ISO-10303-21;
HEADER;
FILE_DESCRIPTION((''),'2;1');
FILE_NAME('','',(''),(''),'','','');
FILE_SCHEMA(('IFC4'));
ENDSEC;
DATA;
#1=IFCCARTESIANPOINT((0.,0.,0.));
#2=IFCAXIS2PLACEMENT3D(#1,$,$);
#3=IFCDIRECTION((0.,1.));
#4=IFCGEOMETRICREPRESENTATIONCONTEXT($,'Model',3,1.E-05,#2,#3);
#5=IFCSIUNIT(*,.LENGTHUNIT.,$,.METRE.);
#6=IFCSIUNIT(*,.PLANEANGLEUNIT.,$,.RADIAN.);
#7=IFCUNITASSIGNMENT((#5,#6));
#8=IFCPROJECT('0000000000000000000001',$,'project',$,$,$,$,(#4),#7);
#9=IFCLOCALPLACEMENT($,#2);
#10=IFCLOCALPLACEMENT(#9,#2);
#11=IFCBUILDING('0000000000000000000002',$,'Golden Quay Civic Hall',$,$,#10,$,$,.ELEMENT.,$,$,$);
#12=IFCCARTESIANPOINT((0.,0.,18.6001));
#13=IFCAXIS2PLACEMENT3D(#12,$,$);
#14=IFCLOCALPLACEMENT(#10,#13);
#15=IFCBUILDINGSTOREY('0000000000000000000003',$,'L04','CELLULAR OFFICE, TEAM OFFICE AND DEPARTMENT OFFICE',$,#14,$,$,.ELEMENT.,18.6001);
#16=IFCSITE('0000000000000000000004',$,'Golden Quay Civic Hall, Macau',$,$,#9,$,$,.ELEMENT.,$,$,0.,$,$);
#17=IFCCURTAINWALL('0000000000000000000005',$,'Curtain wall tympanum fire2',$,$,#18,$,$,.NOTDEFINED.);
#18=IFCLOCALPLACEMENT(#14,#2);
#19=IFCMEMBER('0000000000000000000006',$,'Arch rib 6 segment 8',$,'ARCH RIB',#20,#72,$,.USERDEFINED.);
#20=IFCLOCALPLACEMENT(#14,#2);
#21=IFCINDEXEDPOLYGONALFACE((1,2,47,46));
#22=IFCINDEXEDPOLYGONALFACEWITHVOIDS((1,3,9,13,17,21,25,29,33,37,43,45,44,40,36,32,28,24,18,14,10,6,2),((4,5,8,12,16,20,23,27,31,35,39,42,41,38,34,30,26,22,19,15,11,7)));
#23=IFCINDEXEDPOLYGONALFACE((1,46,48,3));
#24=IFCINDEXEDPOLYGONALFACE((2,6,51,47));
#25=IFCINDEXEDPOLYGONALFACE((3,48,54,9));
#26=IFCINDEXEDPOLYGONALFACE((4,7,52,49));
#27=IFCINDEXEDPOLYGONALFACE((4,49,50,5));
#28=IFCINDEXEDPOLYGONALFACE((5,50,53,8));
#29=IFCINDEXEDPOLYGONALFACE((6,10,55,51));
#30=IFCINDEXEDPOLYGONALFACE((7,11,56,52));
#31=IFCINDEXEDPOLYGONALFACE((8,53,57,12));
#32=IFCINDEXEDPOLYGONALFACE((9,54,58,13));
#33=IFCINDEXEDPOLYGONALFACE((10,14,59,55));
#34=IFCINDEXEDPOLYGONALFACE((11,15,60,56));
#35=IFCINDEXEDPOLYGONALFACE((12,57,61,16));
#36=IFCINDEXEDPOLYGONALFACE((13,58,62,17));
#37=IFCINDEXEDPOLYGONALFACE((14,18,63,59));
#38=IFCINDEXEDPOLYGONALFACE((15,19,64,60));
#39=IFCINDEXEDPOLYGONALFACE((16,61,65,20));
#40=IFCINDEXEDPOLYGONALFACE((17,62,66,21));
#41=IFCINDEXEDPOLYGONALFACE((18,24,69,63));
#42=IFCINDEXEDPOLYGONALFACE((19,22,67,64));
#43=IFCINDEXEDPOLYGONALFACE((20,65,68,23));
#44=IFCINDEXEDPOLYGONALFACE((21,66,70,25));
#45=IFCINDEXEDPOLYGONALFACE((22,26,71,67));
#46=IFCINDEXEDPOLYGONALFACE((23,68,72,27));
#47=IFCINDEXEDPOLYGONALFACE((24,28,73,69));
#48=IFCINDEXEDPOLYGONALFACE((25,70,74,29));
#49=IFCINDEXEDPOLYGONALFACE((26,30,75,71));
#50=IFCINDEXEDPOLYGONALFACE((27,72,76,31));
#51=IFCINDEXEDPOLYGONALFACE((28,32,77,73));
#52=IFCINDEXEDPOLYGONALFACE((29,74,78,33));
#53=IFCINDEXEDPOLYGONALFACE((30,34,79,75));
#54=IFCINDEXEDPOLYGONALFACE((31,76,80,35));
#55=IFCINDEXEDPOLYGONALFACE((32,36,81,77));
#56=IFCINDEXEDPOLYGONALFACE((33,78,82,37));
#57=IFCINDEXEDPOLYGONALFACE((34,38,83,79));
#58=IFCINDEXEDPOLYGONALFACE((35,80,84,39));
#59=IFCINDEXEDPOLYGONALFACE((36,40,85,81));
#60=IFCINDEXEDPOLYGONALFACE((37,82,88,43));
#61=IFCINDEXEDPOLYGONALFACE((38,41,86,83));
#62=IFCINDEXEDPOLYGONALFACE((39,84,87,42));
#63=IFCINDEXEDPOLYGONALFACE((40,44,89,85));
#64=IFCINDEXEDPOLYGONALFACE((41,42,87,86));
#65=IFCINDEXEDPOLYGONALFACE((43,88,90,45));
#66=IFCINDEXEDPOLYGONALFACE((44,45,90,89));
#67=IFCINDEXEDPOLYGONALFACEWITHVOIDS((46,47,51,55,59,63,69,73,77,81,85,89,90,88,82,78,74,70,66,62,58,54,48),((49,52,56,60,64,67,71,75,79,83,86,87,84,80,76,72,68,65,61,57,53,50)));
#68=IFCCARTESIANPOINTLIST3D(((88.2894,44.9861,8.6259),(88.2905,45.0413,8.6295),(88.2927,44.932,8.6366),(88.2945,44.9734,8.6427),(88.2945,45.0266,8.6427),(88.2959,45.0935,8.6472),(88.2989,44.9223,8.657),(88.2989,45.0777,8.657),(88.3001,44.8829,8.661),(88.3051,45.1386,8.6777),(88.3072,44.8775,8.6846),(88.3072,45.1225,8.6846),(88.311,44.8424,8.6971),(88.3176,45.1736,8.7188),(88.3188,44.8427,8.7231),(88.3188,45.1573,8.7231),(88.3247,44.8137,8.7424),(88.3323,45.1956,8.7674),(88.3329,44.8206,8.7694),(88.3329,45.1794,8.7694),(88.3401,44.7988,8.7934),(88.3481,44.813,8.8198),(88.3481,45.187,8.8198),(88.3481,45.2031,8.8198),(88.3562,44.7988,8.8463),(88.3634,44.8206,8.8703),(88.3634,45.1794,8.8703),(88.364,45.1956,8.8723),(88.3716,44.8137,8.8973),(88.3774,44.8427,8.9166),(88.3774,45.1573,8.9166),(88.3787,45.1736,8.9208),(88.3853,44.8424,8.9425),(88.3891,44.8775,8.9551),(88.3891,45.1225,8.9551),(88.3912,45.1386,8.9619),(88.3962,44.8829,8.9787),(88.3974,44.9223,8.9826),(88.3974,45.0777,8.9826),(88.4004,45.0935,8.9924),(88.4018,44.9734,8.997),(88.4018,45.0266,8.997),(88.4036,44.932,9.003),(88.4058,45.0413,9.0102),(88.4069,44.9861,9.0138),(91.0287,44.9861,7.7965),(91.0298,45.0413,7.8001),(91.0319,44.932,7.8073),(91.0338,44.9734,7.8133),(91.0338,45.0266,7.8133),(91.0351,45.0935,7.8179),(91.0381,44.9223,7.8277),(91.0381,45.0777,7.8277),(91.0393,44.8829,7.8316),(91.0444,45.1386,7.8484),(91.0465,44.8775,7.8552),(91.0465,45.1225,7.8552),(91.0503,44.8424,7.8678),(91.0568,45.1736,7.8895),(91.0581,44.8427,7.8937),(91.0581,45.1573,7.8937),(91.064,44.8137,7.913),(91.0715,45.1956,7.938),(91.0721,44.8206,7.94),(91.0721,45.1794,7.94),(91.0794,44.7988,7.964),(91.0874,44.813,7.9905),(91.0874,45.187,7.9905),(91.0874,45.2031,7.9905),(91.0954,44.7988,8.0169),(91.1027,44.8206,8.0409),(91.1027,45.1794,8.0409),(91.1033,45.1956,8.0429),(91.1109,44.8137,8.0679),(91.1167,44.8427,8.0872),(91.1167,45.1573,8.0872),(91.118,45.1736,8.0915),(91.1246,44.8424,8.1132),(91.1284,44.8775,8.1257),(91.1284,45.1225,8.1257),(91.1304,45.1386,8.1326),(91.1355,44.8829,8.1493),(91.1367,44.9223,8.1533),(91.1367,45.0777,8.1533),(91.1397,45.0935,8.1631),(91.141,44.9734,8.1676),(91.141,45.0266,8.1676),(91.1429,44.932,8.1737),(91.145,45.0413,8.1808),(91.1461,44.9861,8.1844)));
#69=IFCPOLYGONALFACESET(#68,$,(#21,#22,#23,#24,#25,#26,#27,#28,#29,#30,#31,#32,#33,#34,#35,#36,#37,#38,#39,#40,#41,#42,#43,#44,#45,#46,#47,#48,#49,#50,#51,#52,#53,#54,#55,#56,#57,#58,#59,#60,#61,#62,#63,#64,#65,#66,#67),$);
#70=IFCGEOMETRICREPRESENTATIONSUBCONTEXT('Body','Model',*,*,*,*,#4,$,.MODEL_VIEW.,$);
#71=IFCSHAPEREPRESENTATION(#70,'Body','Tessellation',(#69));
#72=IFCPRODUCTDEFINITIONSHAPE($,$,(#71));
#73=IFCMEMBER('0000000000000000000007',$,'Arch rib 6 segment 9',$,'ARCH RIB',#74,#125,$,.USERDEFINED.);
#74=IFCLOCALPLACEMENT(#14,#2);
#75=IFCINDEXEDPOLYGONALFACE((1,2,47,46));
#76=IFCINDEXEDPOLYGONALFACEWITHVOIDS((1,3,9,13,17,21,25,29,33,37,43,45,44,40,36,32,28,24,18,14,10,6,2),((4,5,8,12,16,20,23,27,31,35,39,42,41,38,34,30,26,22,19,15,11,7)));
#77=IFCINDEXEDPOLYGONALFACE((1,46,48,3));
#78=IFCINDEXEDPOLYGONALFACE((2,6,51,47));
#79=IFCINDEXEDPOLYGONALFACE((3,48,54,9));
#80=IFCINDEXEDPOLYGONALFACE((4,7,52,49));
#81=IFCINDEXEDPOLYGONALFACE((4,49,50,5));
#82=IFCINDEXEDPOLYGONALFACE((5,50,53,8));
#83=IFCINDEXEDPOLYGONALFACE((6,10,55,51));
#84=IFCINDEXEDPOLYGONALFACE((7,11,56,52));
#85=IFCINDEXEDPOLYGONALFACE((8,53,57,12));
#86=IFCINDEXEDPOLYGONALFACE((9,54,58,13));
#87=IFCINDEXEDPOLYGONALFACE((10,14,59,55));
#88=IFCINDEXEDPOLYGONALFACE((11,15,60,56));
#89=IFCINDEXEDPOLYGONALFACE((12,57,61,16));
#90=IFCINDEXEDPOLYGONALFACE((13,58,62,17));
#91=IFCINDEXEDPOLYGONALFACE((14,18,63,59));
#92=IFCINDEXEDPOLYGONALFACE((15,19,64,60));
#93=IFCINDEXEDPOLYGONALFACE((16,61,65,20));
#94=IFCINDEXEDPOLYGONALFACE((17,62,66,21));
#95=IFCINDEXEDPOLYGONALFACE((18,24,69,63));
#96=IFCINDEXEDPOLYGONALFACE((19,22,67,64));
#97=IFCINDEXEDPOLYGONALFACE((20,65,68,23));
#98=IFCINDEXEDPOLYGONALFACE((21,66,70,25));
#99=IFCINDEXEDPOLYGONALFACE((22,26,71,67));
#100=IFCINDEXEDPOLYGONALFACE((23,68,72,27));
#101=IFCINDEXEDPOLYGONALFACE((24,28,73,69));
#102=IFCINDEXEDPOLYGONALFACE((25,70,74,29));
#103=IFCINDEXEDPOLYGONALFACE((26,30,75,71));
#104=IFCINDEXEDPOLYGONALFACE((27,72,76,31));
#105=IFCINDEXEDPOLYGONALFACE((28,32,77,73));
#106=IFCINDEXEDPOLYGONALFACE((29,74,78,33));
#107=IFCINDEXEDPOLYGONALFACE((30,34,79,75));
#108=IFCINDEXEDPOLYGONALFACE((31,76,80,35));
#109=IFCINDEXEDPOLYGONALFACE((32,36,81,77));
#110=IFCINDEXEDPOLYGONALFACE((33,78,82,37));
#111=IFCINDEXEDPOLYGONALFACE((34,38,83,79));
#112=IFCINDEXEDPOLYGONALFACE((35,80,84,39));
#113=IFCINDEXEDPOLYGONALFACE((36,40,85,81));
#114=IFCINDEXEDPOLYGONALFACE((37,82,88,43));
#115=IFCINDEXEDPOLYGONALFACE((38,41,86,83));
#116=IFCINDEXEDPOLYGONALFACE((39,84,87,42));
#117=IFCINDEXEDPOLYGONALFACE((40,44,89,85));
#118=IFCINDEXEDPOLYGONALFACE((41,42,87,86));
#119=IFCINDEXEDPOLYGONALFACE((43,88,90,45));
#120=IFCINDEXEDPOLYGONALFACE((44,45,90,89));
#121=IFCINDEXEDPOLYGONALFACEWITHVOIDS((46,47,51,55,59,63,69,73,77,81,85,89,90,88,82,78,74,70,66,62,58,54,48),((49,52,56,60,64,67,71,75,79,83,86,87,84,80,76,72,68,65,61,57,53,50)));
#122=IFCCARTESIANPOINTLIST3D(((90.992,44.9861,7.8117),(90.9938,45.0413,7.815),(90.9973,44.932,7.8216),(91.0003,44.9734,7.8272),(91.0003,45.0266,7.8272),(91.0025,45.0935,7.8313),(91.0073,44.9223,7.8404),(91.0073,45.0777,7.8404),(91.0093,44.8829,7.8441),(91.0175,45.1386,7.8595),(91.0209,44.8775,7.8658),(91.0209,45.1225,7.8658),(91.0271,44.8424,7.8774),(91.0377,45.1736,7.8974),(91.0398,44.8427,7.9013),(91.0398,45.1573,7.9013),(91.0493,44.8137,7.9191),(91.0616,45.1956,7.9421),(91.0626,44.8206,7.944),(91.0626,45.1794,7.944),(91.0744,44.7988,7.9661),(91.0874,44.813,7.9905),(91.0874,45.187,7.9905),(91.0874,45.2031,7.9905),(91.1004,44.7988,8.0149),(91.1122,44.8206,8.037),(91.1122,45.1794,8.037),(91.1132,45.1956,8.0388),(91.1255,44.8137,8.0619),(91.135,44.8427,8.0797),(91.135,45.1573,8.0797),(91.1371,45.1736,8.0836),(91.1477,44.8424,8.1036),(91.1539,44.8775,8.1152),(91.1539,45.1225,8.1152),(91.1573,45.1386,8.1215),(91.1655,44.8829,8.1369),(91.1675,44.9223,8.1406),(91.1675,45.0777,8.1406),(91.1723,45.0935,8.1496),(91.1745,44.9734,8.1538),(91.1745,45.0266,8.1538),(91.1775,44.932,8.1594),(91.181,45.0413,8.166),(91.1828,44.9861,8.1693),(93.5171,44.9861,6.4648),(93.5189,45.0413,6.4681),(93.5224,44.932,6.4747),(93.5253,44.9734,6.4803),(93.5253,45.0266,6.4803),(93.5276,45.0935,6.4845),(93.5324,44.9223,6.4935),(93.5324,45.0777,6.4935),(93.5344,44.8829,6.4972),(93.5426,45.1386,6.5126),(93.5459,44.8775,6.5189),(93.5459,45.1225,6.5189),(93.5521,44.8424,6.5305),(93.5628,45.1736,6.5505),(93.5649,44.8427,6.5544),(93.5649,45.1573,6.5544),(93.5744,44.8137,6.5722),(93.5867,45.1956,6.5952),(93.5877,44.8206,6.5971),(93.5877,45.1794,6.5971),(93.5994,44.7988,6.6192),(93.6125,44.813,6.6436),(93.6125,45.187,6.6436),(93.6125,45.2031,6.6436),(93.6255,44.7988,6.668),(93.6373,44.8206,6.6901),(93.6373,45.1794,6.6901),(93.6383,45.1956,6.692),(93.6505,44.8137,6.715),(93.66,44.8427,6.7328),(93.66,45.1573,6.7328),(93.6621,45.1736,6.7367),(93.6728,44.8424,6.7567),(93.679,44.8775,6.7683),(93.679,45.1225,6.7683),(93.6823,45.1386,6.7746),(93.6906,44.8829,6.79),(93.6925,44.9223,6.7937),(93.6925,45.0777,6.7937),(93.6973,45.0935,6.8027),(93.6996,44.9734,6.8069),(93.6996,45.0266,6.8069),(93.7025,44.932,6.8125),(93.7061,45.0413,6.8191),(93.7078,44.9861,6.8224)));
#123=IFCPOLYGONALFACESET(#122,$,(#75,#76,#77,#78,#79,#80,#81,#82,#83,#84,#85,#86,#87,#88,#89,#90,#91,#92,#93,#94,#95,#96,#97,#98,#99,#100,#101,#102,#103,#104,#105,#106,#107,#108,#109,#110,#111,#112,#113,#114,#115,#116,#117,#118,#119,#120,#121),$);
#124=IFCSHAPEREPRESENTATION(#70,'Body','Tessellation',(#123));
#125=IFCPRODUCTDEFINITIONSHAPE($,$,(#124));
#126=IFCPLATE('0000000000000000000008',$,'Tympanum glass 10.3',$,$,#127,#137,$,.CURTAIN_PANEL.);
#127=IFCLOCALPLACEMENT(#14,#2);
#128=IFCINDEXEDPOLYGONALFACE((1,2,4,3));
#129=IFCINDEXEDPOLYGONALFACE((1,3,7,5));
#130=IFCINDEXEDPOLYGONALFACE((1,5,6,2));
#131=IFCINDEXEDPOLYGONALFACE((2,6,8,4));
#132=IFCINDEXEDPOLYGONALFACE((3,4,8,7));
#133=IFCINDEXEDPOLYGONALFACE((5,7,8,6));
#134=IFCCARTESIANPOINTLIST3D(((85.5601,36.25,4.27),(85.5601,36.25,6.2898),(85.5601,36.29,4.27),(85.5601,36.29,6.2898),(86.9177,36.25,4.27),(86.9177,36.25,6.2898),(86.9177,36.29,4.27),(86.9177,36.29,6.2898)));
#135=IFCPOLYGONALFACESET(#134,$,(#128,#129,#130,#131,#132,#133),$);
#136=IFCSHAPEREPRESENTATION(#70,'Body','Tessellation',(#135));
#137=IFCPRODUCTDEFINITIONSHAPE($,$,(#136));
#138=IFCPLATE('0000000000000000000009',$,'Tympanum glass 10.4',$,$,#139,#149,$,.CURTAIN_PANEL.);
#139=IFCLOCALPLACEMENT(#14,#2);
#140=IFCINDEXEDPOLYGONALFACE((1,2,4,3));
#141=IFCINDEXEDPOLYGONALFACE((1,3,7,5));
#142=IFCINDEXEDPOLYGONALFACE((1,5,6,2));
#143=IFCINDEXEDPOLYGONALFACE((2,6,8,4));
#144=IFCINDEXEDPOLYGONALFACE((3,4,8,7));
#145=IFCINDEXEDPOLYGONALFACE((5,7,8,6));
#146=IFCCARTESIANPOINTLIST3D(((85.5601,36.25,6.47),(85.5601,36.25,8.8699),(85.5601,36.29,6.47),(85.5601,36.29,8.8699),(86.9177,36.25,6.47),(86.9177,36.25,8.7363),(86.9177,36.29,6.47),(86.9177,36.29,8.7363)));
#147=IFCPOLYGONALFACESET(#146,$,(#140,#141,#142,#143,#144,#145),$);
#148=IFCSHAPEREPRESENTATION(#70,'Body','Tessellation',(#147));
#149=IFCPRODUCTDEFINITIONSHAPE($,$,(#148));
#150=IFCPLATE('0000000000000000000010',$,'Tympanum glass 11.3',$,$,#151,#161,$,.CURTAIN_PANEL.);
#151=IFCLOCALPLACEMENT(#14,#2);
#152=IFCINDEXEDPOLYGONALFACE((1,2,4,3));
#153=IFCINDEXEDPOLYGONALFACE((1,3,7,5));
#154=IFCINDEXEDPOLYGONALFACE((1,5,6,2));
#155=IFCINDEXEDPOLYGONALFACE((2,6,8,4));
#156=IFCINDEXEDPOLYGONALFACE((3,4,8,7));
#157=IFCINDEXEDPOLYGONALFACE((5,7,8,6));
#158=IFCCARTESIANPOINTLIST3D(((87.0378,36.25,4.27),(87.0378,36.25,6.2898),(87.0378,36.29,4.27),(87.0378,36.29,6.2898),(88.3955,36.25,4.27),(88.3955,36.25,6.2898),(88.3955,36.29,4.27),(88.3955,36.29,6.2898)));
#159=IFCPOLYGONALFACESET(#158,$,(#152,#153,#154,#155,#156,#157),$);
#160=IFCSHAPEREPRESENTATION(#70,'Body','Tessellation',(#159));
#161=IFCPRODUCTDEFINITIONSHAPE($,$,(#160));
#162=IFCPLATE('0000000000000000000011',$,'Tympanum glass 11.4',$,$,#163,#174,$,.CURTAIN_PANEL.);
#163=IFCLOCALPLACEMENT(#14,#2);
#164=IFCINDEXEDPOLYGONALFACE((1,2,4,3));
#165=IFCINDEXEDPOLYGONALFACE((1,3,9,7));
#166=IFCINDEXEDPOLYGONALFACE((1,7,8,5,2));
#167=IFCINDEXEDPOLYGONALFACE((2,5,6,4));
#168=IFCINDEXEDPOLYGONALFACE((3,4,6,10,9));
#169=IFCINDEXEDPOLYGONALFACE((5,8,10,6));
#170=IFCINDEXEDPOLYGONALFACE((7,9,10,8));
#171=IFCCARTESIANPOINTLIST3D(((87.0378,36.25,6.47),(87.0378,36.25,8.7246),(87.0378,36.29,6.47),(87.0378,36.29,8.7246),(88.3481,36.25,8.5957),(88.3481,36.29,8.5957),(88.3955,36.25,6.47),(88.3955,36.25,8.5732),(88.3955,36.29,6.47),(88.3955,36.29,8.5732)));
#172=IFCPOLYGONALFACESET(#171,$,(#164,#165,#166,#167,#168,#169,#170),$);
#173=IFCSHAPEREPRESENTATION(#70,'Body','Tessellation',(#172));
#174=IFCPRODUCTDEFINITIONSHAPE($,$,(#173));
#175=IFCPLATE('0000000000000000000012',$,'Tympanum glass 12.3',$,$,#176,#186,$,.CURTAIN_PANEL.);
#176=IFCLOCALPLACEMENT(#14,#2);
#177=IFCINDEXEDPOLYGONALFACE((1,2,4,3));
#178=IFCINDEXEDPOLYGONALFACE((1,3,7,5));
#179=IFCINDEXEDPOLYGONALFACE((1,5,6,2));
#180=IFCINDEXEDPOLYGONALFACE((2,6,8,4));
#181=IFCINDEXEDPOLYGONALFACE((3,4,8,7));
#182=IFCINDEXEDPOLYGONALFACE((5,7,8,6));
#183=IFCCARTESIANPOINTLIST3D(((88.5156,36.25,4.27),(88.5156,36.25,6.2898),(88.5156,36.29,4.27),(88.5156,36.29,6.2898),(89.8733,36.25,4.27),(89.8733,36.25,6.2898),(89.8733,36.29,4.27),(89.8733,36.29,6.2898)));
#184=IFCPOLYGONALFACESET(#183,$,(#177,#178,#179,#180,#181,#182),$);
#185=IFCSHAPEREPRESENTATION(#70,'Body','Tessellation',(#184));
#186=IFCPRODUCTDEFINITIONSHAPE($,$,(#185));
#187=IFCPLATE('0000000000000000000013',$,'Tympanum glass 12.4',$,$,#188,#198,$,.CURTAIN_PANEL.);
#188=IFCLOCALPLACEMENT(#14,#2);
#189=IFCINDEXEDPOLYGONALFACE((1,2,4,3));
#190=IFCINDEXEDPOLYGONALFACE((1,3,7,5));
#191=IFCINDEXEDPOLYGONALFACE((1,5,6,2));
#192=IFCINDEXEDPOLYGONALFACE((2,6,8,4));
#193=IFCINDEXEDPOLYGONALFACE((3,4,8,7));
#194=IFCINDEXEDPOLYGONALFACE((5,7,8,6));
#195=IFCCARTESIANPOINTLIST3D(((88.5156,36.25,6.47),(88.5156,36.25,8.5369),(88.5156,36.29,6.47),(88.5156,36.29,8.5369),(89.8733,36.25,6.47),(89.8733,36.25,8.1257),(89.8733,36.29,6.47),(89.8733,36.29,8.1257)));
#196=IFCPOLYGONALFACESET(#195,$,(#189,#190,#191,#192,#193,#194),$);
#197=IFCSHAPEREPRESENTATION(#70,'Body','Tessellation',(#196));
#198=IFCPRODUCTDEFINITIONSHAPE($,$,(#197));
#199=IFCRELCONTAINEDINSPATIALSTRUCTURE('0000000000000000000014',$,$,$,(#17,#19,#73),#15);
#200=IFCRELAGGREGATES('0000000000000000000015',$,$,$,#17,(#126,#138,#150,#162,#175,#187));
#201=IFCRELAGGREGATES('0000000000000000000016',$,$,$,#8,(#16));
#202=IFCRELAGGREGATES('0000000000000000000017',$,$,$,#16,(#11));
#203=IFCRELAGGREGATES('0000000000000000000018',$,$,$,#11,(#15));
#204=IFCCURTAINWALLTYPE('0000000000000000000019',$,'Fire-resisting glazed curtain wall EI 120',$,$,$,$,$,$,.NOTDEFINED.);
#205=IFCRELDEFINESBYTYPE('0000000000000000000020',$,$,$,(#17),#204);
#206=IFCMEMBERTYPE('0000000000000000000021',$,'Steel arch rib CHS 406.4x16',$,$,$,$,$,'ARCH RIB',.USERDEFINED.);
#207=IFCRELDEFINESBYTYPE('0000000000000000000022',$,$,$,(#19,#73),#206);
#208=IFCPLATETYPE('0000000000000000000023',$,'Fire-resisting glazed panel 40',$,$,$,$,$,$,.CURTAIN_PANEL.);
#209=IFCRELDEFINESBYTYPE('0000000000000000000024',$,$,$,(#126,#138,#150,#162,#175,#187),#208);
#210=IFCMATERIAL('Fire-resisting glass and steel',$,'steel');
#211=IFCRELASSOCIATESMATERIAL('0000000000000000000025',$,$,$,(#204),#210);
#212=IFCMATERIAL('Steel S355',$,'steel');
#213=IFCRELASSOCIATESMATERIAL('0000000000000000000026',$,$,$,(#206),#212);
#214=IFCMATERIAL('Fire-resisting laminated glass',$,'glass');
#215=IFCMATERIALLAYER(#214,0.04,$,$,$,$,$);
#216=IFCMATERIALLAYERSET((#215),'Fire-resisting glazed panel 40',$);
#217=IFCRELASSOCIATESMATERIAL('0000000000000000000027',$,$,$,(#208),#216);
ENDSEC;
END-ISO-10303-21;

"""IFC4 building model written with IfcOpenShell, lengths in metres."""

from ifc_helpers import new_model, si_unit, direction, frame, origin, origin_2d, place, context, subcontext, project, spatial, polyline, hollow_circle, outline, extrude, material, layer, layer_set, material_profile, profile_set, type_object, element, aggregate, save


model = new_model("IFC4")

# Units and contexts
model_context = context("Model", 3, precision=1e-05, world=origin(), true_north=direction((0.0, 1.0)))
body_context = subcontext(model_context, "Body", "Model", "MODEL_VIEW")
ifc_project = project(units=[si_unit("LENGTHUNIT", "METRE"), si_unit("PLANEANGLEUNIT", "RADIAN")], contexts=[model_context])

# Site, building, storey
site_placement = place(None, origin())
site = spatial("IfcSite", under=ifc_project, at=site_placement, Name="Golden Quay Civic Hall, Macau", CompositionType="ELEMENT", RefElevation=0.0)
building_placement = place(site_placement, origin())
building = spatial("IfcBuilding", under=site, at=building_placement, Name="Golden Quay Civic Hall", CompositionType="ELEMENT")
storey_placement = place(building_placement, frame((0.0, 0.0, 18.6001)))
storey = spatial("IfcBuildingStorey", under=building, at=storey_placement, Name="L04", Description="CELLULAR OFFICE, TEAM OFFICE AND DEPARTMENT OFFICE", CompositionType="ELEMENT", Elevation=18.6001)

# Curtain wall
ifc_material_1 = material(Name="Fire-resisting glass and steel", Category="steel")
curtain_wall_type = type_object("IfcCurtainWallType", Name="Fire-resisting glazed curtain wall EI 120", PredefinedType="NOTDEFINED", material=ifc_material_1)
curtain_wall_placement = place(storey_placement, origin())
curtain_wall = element("IfcCurtainWall", 1, at=curtain_wall_placement, inside=storey, type_object=curtain_wall_type, Name="Curtain wall tympanum fire2", PredefinedType="NOTDEFINED")

# Members
ifc_material_2 = material(Name="Steel S355", Category="steel")
ifc_material_profile_1 = material_profile(ifc_material_2, hollow_circle(Radius=0.2031, WallThickness=0.0161, at=origin_2d()), Name="CHS 406.4x16")
ifc_profile_set_1 = profile_set([ifc_material_profile_1], Name="Steel S355")
member_type_1 = type_object("IfcMemberType", Name="Steel arch rib CHS 406.4x16", ElementType="ARCH RIB", PredefinedType="USERDEFINED", material=ifc_profile_set_1)
member_1_placement = place(storey_placement, frame((88.3481, 45.0, 8.8198), z_axis=(0.957095, 0.0, -0.289773), x_axis=(0.0, 1.0, 0.0)))
element("IfcMember", 2, at=member_1_placement, inside=storey, type_object=member_type_1, Name="Arch rib 6 segment 8", ObjectType="ARCH RIB", PredefinedType="USERDEFINED", context=body_context, shape_type="SweptSolid", body=[
    extrude(hollow_circle(Radius=0.2031, WallThickness=0.0161, at=origin_2d()), origin(), (0.0, 0.0, 1.0), 2.8621),
])
member_2_placement = place(storey_placement, frame((91.0874, 45.0, 7.9905), z_axis=(0.882327, 0.0, -0.470637), x_axis=(0.0, 1.0, 0.0)))
element("IfcMember", 3, at=member_2_placement, inside=storey, type_object=member_type_1, Name="Arch rib 6 segment 9", ObjectType="ARCH RIB", PredefinedType="USERDEFINED", context=body_context, shape_type="SweptSolid", body=[
    extrude(hollow_circle(Radius=0.2031, WallThickness=0.0161, at=origin_2d()), origin(), (0.0, 0.0, 1.0), 2.8618),
])

# Plates
ifc_material_3 = material(Name="Fire-resisting laminated glass", Category="glass")
ifc_layer_1 = layer(ifc_material_3, 0.04)
ifc_layer_set_1 = layer_set([ifc_layer_1], Name="Fire-resisting glazed panel 40")
plate_type_1 = type_object("IfcPlateType", Name="Fire-resisting glazed panel 40", PredefinedType="CURTAIN_PANEL", material=ifc_layer_set_1)
plate_1_placement = place(storey_placement, frame((86.9177, 36.29, 4.27), z_axis=(0.0, 1.0, 0.0), x_axis=(-1.0, 0.0, 0.0)))
plate_1 = element("IfcPlate", 4, at=plate_1_placement, type_object=plate_type_1, Name="Tympanum glass 10.3", PredefinedType="CURTAIN_PANEL", context=body_context, shape_type="SweptSolid", body=[
    extrude(outline(polyline([(0.0, 0.0), (1.3577, 0.0), (1.3577, 2.0198), (0.0, 2.0198), (0.0, 0.0)])), origin(), (0.0, 0.0, -1.0), 0.04),
])
plate_2_placement = place(storey_placement, frame((86.9177, 36.29, 6.47), z_axis=(0.0, 1.0, 0.0), x_axis=(-1.0, 0.0, 0.0)))
plate_2 = element("IfcPlate", 5, at=plate_2_placement, type_object=plate_type_1, Name="Tympanum glass 10.4", PredefinedType="CURTAIN_PANEL", context=body_context, shape_type="SweptSolid", body=[
    extrude(outline(polyline([(0.0, 0.0), (1.3577, 0.0), (1.3577, 2.3999), (0.0, 2.2664), (0.0, 0.0)])), origin(), (0.0, 0.0, -1.0), 0.04),
])
plate_3_placement = place(storey_placement, frame((88.3955, 36.29, 4.27), z_axis=(0.0, 1.0, 0.0), x_axis=(-1.0, 0.0, 0.0)))
plate_3 = element("IfcPlate", 6, at=plate_3_placement, type_object=plate_type_1, Name="Tympanum glass 11.3", PredefinedType="CURTAIN_PANEL", context=body_context, shape_type="SweptSolid", body=[
    extrude(outline(polyline([(0.0, 0.0), (1.3577, 0.0), (1.3577, 2.0198), (0.0, 2.0198), (0.0, 0.0)])), origin(), (0.0, 0.0, -1.0), 0.04),
])
plate_4_placement = place(storey_placement, frame((88.3955, 36.29, 6.47), z_axis=(0.0, 1.0, 0.0), x_axis=(-1.0, 0.0, 0.0)))
plate_4 = element("IfcPlate", 7, at=plate_4_placement, type_object=plate_type_1, Name="Tympanum glass 11.4", PredefinedType="CURTAIN_PANEL", context=body_context, shape_type="SweptSolid", body=[
    extrude(outline(polyline([(0.0, 0.0), (1.3577, 0.0), (1.3577, 2.2546), (0.0474, 2.1257), (0.0, 2.1033), (0.0, 0.0)])), origin(), (0.0, 0.0, -1.0), 0.04),
])
plate_5_placement = place(storey_placement, frame((89.8733, 36.29, 4.27), z_axis=(0.0, 1.0, 0.0), x_axis=(-1.0, 0.0, 0.0)))
plate_5 = element("IfcPlate", 8, at=plate_5_placement, type_object=plate_type_1, Name="Tympanum glass 12.3", PredefinedType="CURTAIN_PANEL", context=body_context, shape_type="SweptSolid", body=[
    extrude(outline(polyline([(0.0, 0.0), (1.3577, 0.0), (1.3577, 2.0198), (0.0, 2.0198), (0.0, 0.0)])), origin(), (0.0, 0.0, -1.0), 0.04),
])
plate_6_placement = place(storey_placement, frame((89.8733, 36.29, 6.47), z_axis=(0.0, 1.0, 0.0), x_axis=(-1.0, 0.0, 0.0)))
plate_6 = element("IfcPlate", 9, at=plate_6_placement, type_object=plate_type_1, Name="Tympanum glass 12.4", PredefinedType="CURTAIN_PANEL", context=body_context, shape_type="SweptSolid", body=[
    extrude(outline(polyline([(0.0, 0.0), (1.3577, 0.0), (1.3577, 2.0669), (0.0, 1.6558), (0.0, 0.0)])), origin(), (0.0, 0.0, -1.0), 0.04),
])
aggregate(curtain_wall, [plate_1, plate_2, plate_3, plate_4, plate_5, plate_6])

save(model, "model.ifc")
